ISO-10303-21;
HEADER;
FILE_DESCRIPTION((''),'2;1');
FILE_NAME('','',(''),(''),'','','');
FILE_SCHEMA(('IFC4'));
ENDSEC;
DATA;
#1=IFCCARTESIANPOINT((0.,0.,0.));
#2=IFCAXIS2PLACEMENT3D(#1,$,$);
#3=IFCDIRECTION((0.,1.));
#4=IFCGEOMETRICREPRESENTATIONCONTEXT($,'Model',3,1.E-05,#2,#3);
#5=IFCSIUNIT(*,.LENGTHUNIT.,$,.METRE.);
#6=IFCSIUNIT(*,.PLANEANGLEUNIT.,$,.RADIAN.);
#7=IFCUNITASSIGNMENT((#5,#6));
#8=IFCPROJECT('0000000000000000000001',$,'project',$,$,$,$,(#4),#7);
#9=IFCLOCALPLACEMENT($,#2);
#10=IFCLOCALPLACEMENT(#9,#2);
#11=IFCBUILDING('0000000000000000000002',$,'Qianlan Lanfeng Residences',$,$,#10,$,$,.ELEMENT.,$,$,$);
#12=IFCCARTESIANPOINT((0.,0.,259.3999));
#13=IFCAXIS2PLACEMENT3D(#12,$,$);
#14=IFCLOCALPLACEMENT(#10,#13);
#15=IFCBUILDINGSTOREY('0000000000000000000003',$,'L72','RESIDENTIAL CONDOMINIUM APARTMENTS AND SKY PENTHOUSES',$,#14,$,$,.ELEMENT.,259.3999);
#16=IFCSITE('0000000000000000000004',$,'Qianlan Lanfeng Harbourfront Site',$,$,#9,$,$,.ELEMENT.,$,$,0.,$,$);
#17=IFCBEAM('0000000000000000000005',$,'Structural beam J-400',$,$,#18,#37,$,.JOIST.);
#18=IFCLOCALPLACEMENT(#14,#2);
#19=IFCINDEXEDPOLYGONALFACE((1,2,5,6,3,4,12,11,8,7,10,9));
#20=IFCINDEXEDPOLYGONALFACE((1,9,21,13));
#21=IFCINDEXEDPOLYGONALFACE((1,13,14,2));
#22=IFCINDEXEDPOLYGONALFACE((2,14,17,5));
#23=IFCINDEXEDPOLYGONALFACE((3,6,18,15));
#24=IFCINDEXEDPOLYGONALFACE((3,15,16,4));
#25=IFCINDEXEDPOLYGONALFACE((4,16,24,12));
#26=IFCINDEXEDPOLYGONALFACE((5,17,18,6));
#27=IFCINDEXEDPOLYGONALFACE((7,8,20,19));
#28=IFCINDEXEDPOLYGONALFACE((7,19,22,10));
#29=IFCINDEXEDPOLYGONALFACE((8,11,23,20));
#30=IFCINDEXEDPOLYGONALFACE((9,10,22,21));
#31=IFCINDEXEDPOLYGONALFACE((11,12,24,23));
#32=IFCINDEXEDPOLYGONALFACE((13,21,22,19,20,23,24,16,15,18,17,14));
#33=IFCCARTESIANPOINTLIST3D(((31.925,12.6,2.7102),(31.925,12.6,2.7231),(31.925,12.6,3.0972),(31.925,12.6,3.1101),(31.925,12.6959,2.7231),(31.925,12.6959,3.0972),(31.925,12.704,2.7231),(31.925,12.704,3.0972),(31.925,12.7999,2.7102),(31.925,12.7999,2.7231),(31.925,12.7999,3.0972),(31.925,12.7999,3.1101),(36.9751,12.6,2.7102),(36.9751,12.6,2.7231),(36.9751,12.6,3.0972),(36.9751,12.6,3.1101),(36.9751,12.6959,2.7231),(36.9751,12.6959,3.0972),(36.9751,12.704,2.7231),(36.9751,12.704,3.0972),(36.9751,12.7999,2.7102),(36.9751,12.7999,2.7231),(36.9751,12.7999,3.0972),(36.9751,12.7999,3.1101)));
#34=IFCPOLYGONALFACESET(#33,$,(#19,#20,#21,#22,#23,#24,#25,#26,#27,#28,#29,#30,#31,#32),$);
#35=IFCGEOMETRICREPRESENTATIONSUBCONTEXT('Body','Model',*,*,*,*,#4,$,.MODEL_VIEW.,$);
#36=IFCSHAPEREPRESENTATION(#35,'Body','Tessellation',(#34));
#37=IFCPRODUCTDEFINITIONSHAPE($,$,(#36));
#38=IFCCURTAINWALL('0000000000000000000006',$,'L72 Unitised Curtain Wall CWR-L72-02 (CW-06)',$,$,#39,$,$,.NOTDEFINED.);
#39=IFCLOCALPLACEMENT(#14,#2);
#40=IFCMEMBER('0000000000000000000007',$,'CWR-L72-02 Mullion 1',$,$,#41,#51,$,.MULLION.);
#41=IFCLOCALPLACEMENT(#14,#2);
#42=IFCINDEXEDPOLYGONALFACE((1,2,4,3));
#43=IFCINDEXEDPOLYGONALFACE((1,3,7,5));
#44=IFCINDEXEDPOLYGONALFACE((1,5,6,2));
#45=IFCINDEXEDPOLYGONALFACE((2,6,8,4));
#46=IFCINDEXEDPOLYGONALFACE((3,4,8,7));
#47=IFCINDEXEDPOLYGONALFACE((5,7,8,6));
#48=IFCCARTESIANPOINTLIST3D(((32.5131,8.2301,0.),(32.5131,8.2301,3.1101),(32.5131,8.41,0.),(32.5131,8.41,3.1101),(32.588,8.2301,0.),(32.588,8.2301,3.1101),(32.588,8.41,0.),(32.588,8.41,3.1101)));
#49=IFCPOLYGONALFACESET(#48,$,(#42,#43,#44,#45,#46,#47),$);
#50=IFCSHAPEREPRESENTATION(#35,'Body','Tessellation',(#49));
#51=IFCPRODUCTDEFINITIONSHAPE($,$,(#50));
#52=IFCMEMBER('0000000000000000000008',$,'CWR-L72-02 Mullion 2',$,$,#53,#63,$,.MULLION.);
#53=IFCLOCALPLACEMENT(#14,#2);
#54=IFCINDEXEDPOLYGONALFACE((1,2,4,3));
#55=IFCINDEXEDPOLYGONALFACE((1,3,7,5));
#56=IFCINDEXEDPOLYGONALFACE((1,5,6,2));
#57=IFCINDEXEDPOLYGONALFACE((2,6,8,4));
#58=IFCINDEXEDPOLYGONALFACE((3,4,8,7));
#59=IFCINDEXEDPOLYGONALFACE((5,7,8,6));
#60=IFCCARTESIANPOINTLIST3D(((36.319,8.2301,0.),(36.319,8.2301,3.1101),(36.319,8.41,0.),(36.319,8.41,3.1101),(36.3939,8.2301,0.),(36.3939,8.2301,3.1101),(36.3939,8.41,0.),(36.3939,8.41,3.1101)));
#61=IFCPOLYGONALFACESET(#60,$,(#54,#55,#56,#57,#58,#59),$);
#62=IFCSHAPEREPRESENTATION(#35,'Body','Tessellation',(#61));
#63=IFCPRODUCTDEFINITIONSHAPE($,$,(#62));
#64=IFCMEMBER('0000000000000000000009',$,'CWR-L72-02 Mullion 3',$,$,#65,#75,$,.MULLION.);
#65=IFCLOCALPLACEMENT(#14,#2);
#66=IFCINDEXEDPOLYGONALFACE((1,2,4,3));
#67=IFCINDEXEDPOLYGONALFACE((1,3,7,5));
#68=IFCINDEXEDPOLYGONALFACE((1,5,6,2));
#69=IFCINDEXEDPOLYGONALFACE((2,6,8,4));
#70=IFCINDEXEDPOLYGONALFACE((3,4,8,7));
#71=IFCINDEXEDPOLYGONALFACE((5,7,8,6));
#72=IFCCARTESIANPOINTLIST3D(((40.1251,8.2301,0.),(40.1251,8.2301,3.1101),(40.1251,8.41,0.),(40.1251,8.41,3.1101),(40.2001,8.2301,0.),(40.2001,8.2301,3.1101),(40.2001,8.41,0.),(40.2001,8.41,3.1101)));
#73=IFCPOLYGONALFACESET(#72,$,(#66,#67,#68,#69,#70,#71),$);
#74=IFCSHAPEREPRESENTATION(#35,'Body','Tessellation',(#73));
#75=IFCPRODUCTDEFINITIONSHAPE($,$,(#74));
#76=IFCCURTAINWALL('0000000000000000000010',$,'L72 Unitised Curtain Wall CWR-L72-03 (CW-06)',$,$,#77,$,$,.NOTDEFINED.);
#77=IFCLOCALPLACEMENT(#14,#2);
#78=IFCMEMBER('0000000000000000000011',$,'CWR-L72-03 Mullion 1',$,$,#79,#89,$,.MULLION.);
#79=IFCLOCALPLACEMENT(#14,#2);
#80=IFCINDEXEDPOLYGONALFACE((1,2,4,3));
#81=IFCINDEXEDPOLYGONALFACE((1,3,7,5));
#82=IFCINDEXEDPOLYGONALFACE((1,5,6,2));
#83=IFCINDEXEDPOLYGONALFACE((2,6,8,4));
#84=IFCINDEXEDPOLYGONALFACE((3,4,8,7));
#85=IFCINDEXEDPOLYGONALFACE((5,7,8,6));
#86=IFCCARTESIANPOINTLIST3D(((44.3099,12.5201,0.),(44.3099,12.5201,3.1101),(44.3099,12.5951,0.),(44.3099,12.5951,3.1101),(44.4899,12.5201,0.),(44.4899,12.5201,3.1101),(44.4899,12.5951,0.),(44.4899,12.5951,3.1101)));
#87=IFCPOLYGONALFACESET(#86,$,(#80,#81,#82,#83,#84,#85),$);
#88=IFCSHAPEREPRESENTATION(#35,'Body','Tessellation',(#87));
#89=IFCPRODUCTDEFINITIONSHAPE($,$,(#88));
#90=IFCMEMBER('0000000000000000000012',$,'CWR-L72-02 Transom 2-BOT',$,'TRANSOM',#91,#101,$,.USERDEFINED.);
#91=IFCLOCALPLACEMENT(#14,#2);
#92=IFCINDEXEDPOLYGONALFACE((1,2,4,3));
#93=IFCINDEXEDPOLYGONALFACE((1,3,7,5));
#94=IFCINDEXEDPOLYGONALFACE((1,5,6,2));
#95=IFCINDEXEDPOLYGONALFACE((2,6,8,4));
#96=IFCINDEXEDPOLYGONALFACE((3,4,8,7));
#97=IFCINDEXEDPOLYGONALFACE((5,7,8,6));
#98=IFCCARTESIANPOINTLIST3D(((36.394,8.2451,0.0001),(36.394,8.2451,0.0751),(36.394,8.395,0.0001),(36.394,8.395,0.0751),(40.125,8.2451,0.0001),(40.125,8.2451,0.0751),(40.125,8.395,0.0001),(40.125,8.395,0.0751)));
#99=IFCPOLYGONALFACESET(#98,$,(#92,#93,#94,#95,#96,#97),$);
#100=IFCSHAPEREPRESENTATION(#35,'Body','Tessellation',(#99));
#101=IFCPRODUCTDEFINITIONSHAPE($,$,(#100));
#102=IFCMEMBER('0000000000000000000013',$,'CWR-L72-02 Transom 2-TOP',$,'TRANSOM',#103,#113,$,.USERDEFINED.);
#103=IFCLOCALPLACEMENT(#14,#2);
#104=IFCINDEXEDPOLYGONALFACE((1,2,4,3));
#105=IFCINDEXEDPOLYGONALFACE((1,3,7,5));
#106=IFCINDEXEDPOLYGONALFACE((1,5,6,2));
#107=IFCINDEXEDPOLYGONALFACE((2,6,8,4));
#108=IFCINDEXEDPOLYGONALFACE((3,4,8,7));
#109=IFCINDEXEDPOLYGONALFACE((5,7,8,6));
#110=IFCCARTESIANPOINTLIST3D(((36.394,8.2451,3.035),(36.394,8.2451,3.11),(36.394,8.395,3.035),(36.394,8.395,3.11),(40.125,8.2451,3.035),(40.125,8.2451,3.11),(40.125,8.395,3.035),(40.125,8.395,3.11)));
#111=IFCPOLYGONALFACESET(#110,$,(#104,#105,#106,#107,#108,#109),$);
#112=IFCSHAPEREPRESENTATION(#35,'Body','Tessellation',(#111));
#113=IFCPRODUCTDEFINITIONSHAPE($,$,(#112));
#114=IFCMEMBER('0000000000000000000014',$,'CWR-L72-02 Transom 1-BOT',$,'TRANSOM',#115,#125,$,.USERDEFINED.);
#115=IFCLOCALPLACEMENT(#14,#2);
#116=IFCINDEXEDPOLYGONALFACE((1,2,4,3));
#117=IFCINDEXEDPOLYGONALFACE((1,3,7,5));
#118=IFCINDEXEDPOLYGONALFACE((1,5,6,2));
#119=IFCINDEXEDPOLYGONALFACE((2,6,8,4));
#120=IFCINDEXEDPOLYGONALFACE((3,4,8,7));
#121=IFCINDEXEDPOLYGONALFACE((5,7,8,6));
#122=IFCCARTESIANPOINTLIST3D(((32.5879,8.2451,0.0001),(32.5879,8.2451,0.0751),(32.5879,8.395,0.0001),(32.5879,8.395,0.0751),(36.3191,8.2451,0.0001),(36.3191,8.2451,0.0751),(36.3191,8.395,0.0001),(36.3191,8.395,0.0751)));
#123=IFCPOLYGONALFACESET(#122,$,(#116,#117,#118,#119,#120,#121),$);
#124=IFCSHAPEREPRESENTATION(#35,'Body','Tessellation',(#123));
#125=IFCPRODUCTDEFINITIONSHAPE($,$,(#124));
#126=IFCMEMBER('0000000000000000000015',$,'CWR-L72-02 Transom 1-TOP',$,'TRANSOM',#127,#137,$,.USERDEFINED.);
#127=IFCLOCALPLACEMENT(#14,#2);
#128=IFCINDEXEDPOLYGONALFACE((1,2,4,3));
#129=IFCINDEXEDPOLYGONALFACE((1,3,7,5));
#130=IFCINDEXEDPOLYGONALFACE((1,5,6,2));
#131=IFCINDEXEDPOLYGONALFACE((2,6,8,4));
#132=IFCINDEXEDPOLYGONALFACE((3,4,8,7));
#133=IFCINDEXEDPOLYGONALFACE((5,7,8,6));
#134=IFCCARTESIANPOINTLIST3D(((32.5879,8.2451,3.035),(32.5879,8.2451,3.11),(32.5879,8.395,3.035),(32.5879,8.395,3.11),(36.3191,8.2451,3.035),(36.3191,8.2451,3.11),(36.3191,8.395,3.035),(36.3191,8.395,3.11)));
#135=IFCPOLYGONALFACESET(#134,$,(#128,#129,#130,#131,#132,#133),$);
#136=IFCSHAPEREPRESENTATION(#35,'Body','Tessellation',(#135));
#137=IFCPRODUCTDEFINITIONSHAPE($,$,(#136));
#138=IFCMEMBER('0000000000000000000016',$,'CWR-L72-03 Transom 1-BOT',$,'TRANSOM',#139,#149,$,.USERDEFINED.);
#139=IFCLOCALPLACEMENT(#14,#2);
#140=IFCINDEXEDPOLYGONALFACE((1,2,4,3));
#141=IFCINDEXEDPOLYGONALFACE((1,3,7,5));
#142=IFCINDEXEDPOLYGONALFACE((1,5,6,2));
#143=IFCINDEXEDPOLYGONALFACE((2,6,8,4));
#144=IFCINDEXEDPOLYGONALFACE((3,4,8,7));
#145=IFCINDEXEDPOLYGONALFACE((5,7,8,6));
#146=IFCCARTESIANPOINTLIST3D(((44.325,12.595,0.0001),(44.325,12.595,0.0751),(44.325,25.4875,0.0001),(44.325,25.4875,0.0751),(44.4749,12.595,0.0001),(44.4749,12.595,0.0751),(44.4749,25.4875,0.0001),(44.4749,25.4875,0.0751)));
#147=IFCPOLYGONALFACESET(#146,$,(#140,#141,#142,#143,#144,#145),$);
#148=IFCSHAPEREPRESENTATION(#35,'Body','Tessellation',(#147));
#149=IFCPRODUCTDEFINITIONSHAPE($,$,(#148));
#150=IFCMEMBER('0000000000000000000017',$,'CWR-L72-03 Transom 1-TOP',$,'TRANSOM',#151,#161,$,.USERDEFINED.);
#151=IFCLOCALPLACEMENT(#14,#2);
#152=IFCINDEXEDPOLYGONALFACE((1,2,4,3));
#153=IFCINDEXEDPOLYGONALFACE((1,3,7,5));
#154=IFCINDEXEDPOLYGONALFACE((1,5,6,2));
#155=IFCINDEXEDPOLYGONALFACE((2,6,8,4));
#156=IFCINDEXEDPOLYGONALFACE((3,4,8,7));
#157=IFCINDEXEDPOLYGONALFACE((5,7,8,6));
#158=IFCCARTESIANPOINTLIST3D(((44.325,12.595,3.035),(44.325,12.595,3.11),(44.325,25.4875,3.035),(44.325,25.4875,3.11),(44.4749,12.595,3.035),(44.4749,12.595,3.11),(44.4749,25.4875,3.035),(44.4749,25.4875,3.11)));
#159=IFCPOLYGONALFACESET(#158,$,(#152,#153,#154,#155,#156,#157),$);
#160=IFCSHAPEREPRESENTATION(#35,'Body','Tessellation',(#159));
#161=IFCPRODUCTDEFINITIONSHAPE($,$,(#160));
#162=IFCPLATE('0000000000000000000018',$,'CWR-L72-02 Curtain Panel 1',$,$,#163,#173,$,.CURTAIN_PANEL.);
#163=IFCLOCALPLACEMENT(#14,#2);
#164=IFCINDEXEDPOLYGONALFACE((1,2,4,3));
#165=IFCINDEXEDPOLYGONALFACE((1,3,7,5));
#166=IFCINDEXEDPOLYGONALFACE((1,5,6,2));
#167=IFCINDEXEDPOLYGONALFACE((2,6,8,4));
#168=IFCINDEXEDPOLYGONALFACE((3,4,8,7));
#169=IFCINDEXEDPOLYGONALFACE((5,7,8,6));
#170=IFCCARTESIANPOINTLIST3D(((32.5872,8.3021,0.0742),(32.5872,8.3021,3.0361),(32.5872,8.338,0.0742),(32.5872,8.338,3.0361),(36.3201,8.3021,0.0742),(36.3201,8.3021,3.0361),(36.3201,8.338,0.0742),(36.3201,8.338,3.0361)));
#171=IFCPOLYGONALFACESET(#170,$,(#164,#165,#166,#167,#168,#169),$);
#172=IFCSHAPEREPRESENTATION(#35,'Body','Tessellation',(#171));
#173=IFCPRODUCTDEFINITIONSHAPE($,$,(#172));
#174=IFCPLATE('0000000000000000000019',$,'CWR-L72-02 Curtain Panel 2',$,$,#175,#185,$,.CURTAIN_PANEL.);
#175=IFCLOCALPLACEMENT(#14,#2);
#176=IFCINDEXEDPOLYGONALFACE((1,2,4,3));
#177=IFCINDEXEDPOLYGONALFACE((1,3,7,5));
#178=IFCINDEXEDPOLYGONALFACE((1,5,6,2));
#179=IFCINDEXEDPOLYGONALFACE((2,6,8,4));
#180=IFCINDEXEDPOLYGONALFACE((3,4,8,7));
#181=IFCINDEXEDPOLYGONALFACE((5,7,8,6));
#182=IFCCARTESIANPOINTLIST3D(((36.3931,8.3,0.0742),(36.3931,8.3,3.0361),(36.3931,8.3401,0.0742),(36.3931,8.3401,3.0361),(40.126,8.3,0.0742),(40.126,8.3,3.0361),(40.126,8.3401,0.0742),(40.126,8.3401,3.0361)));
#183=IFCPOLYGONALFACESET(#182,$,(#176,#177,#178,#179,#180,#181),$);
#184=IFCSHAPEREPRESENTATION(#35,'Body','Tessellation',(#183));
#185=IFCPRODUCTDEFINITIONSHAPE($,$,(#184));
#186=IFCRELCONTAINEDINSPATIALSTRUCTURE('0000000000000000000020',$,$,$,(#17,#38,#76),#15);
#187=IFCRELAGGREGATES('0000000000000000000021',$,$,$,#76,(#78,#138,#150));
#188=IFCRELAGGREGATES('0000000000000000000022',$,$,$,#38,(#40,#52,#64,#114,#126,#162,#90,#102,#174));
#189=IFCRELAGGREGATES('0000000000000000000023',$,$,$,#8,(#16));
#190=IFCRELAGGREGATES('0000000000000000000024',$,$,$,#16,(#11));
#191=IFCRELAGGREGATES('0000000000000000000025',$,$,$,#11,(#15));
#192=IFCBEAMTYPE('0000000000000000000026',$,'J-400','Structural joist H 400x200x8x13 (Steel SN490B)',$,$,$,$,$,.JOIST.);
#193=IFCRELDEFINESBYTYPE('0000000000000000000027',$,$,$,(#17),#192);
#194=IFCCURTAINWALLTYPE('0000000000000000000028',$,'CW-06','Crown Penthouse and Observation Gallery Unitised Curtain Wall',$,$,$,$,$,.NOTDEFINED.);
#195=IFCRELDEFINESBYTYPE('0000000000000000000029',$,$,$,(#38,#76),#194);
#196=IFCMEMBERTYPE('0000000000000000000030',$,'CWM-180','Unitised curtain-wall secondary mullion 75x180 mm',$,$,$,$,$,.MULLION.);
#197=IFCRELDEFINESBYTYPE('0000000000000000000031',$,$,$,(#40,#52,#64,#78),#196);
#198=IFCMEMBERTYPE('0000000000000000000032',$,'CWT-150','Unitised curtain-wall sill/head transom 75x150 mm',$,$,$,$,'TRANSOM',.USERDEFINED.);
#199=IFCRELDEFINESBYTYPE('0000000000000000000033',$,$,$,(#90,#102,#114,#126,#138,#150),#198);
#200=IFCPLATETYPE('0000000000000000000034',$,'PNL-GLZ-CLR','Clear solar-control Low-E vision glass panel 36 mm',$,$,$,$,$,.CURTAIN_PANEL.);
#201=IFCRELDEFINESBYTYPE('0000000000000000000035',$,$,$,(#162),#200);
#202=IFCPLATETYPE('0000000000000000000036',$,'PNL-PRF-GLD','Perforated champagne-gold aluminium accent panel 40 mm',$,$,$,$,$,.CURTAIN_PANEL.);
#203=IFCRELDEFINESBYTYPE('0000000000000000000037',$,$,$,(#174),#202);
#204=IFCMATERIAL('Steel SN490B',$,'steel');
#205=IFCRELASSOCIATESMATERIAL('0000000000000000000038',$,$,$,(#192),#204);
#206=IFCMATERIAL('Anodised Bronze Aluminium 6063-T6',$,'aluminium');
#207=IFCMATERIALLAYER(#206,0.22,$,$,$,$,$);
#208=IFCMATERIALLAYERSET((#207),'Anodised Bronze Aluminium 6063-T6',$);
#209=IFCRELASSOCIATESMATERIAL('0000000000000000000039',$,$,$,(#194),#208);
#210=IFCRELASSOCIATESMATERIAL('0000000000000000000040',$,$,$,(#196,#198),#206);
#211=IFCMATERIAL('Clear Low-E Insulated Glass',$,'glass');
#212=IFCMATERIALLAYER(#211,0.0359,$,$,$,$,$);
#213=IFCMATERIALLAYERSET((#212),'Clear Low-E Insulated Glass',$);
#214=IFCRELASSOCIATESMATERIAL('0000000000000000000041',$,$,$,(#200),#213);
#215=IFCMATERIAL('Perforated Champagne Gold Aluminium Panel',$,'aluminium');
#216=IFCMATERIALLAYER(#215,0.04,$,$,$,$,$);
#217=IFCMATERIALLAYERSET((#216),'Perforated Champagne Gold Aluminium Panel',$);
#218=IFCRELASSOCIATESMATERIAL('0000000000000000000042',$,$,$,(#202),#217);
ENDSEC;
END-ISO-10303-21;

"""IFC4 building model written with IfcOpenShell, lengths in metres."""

from ifc_helpers import new_model, si_unit, direction, frame, origin, origin_2d, place, context, subcontext, project, spatial, rectangle, i_section, extrude, source, transform, mapped, material, layer, layer_set, material_profile, profile_set, type_object, element, aggregate, save


model = new_model("IFC4")

# Units and contexts
model_context = context("Model", 3, precision=1e-05, world=origin(), true_north=direction((0.0, 1.0)))
body_context = subcontext(model_context, "Body", "Model", "MODEL_VIEW")
ifc_project = project(units=[si_unit("LENGTHUNIT", "METRE"), si_unit("PLANEANGLEUNIT", "RADIAN")], contexts=[model_context])

# Site, building, storey
site_placement = place(None, origin())
site = spatial("IfcSite", under=ifc_project, at=site_placement, Name="Qianlan Lanfeng Harbourfront Site", CompositionType="ELEMENT", RefElevation=0.0)
building_placement = place(site_placement, origin())
building = spatial("IfcBuilding", under=site, at=building_placement, Name="Qianlan Lanfeng Residences", CompositionType="ELEMENT")
storey_placement = place(building_placement, frame((0.0, 0.0, 259.3999)))
storey = spatial("IfcBuildingStorey", under=building, at=storey_placement, Name="L72", Description="RESIDENTIAL CONDOMINIUM APARTMENTS AND SKY PENTHOUSES", CompositionType="ELEMENT", Elevation=259.3999)

# Shared definitions
ifc_material_1 = material(Name="Steel SN490B", Category="steel")

# Beam
ifc_material_profile_1 = material_profile(ifc_material_1, i_section(OverallWidth=0.2, OverallDepth=0.3999, WebThickness=0.0081, FlangeThickness=0.0129, at=origin_2d()), Name="H 400x200x8x13")
ifc_profile_set_1 = profile_set([ifc_material_profile_1], Name="Steel SN490B")
beam_type_1 = type_object("IfcBeamType", Name="J-400", Description="Structural joist H 400x200x8x13 (Steel SN490B)", PredefinedType="JOIST", material=ifc_profile_set_1)
beam_1_placement = place(storey_placement, frame((31.925, 12.7, 2.9102), z_axis=(1.0, 0.0, 0.0), x_axis=(0.0, 1.0, 0.0)))
element("IfcBeam", 1, at=beam_1_placement, inside=storey, type_object=beam_type_1, Name="Structural beam J-400", PredefinedType="JOIST", context=body_context, shape_type="SweptSolid", body=[
    extrude(i_section(OverallWidth=0.2, OverallDepth=0.3999, WebThickness=0.0081, FlangeThickness=0.0129, at=origin_2d()), origin(), (0.0, 0.0, 1.0), 5.05),
])

# Curtain wall, members
ifc_material_2 = material(Name="Anodised Bronze Aluminium 6063-T6", Category="aluminium")
ifc_layer_1 = layer(ifc_material_2, 0.22)
ifc_layer_set_1 = layer_set([ifc_layer_1], Name="Anodised Bronze Aluminium 6063-T6")
curtain_wall_type = type_object("IfcCurtainWallType", Name="CW-06", Description="Crown Penthouse and Observation Gallery Unitised Curtain Wall", PredefinedType="NOTDEFINED", material=ifc_layer_set_1)
curtain_wall_1_placement = place(storey_placement, origin())
curtain_wall_1 = element("IfcCurtainWall", 2, at=curtain_wall_1_placement, inside=storey, type_object=curtain_wall_type, Name="L72 Unitised Curtain Wall CWR-L72-02 (CW-06)", PredefinedType="NOTDEFINED")
ifc_material_profile_2 = material_profile(ifc_material_2, rectangle(XDim=0.075, YDim=0.1799, at=origin_2d()), Name="ALU MULLION 75x180")
ifc_profile_set_2 = profile_set([ifc_material_profile_2], Name="Anodised Bronze Aluminium 6063-T6")
member_type_1 = type_object("IfcMemberType", Name="CWM-180", Description="Unitised curtain-wall secondary mullion 75x180 mm", PredefinedType="MULLION", material=ifc_profile_set_2)
shared_shape_1 = source(origin(), body_context, "Body", "SweptSolid", [
    extrude(rectangle(XDim=0.075, YDim=0.1799, at=origin_2d()), origin(), (0.0, 0.0, 1.0), 3.1101),
])
member_1_placement = place(storey_placement, frame((32.5505, 8.3201, 0.0), z_axis=(0.0, 0.0, 1.0), x_axis=(1.0, 0.0, 0.0)))
member_1 = element("IfcMember", 3, at=member_1_placement, type_object=member_type_1, Name="CWR-L72-02 Mullion 1", PredefinedType="MULLION", context=body_context, shape_type="MappedRepresentation", body=[
    mapped(shared_shape_1, transform((0.0, 0.0, 0.0), scale=1.0)),
])
member_2_placement = place(storey_placement, frame((36.3564, 8.3201, 0.0), z_axis=(0.0, 0.0, 1.0), x_axis=(1.0, 0.0, 0.0)))
member_2 = element("IfcMember", 4, at=member_2_placement, type_object=member_type_1, Name="CWR-L72-02 Mullion 2", PredefinedType="MULLION", context=body_context, shape_type="MappedRepresentation", body=[
    mapped(shared_shape_1, transform((0.0, 0.0, 0.0), scale=1.0)),
])
member_3_placement = place(storey_placement, frame((40.1626, 8.3201, 0.0), z_axis=(0.0, 0.0, 1.0), x_axis=(1.0, 0.0, 0.0)))
member_3 = element("IfcMember", 5, at=member_3_placement, type_object=member_type_1, Name="CWR-L72-02 Mullion 3", PredefinedType="MULLION", context=body_context, shape_type="MappedRepresentation", body=[
    mapped(shared_shape_1, transform((0.0, 0.0, 0.0), scale=1.0)),
])

# Curtain wall, member
curtain_wall_2_placement = place(storey_placement, origin())
curtain_wall_2 = element("IfcCurtainWall", 6, at=curtain_wall_2_placement, inside=storey, type_object=curtain_wall_type, Name="L72 Unitised Curtain Wall CWR-L72-03 (CW-06)", PredefinedType="NOTDEFINED")
member_4_placement = place(storey_placement, frame((44.3999, 12.5576, 0.0), z_axis=(0.0, 0.0, 1.0), x_axis=(0.0, 1.0, 0.0)))
member_4 = element("IfcMember", 7, at=member_4_placement, type_object=member_type_1, Name="CWR-L72-03 Mullion 1", PredefinedType="MULLION", context=body_context, shape_type="MappedRepresentation", body=[
    mapped(shared_shape_1, transform((0.0, 0.0, 0.0), scale=1.0)),
])

# Members
ifc_material_profile_3 = material_profile(ifc_material_2, rectangle(XDim=0.075, YDim=0.1499, at=origin_2d()), Name="ALU TRANSOM 75x150")
ifc_profile_set_3 = profile_set([ifc_material_profile_3], Name="Anodised Bronze Aluminium 6063-T6")
member_type_2 = type_object("IfcMemberType", Name="CWT-150", Description="Unitised curtain-wall sill/head transom 75x150 mm", ElementType="TRANSOM", PredefinedType="USERDEFINED", material=ifc_profile_set_3)
shared_shape_2 = source(origin(), body_context, "Body", "SweptSolid", [
    extrude(rectangle(XDim=0.075, YDim=0.1499, at=origin_2d()), origin(), (0.0, 0.0, 1.0), 3.731),
])
member_5_placement = place(storey_placement, frame((36.394, 8.3201, 0.0376), z_axis=(1.0, 0.0, 0.0), x_axis=(0.0, 0.0, 1.0)))
member_5 = element("IfcMember", 8, at=member_5_placement, type_object=member_type_2, Name="CWR-L72-02 Transom 2-BOT", ObjectType="TRANSOM", PredefinedType="USERDEFINED", context=body_context, shape_type="MappedRepresentation", body=[
    mapped(shared_shape_2, transform((0.0, 0.0, 0.0), scale=1.0)),
])
member_6_placement = place(storey_placement, frame((36.394, 8.3201, 3.0725), z_axis=(1.0, 0.0, 0.0), x_axis=(0.0, 0.0, 1.0)))
member_6 = element("IfcMember", 9, at=member_6_placement, type_object=member_type_2, Name="CWR-L72-02 Transom 2-TOP", ObjectType="TRANSOM", PredefinedType="USERDEFINED", context=body_context, shape_type="MappedRepresentation", body=[
    mapped(shared_shape_2, transform((0.0, 0.0, 0.0), scale=1.0)),
])
shared_shape_3 = source(origin(), body_context, "Body", "SweptSolid", [
    extrude(rectangle(XDim=0.075, YDim=0.1499, at=origin_2d()), origin(), (0.0, 0.0, 1.0), 3.7312),
])
member_7_placement = place(storey_placement, frame((32.5879, 8.3201, 0.0376), z_axis=(1.0, 0.0, 0.0), x_axis=(0.0, 0.0, 1.0)))
member_7 = element("IfcMember", 10, at=member_7_placement, type_object=member_type_2, Name="CWR-L72-02 Transom 1-BOT", ObjectType="TRANSOM", PredefinedType="USERDEFINED", context=body_context, shape_type="MappedRepresentation", body=[
    mapped(shared_shape_3, transform((0.0, 0.0, 0.0), scale=1.0)),
])
member_8_placement = place(storey_placement, frame((32.5879, 8.3201, 3.0725), z_axis=(1.0, 0.0, 0.0), x_axis=(0.0, 0.0, 1.0)))
member_8 = element("IfcMember", 11, at=member_8_placement, type_object=member_type_2, Name="CWR-L72-02 Transom 1-TOP", ObjectType="TRANSOM", PredefinedType="USERDEFINED", context=body_context, shape_type="MappedRepresentation", body=[
    mapped(shared_shape_3, transform((0.0, 0.0, 0.0), scale=1.0)),
])
shared_shape_4 = source(origin(), body_context, "Body", "SweptSolid", [
    extrude(rectangle(XDim=0.075, YDim=0.1499, at=origin_2d()), origin(), (0.0, 0.0, 1.0), 12.8926),
])
member_9_placement = place(storey_placement, frame((44.3999, 12.595, 0.0376), z_axis=(0.0, 1.0, 0.0), x_axis=(0.0, 0.0, 1.0)))
member_9 = element("IfcMember", 12, at=member_9_placement, type_object=member_type_2, Name="CWR-L72-03 Transom 1-BOT", ObjectType="TRANSOM", PredefinedType="USERDEFINED", context=body_context, shape_type="MappedRepresentation", body=[
    mapped(shared_shape_4, transform((0.0, 0.0, 0.0), scale=1.0)),
])
member_10_placement = place(storey_placement, frame((44.3999, 12.595, 3.0725), z_axis=(0.0, 1.0, 0.0), x_axis=(0.0, 0.0, 1.0)))
member_10 = element("IfcMember", 13, at=member_10_placement, type_object=member_type_2, Name="CWR-L72-03 Transom 1-TOP", ObjectType="TRANSOM", PredefinedType="USERDEFINED", context=body_context, shape_type="MappedRepresentation", body=[
    mapped(shared_shape_4, transform((0.0, 0.0, 0.0), scale=1.0)),
])
aggregate(curtain_wall_2, [member_4, member_9, member_10])

# Plates
ifc_material_3 = material(Name="Clear Low-E Insulated Glass", Category="glass")
ifc_layer_2 = layer(ifc_material_3, 0.0359)
ifc_layer_set_2 = layer_set([ifc_layer_2], Name="Clear Low-E Insulated Glass")
plate_type_1 = type_object("IfcPlateType", Name="PNL-GLZ-CLR", Description="Clear solar-control Low-E vision glass panel 36 mm", PredefinedType="CURTAIN_PANEL", material=ifc_layer_set_2)
shared_shape_5 = source(origin(), body_context, "Body", "SweptSolid", [
    extrude(rectangle(XDim=3.7329, YDim=0.0359, at=origin_2d()), origin(), (0.0, 0.0, 1.0), 2.9619),
])
plate_1_placement = place(storey_placement, frame((34.4536, 8.3201, 0.0742), z_axis=(0.0, 0.0, 1.0), x_axis=(1.0, 0.0, 0.0)))
plate_1 = element("IfcPlate", 14, at=plate_1_placement, type_object=plate_type_1, Name="CWR-L72-02 Curtain Panel 1", PredefinedType="CURTAIN_PANEL", context=body_context, shape_type="MappedRepresentation", body=[
    mapped(shared_shape_5, transform((0.0, 0.0, 0.0), scale=1.0)),
])
ifc_material_4 = material(Name="Perforated Champagne Gold Aluminium Panel", Category="aluminium")
ifc_layer_3 = layer(ifc_material_4, 0.04)
ifc_layer_set_3 = layer_set([ifc_layer_3], Name="Perforated Champagne Gold Aluminium Panel")
plate_type_2 = type_object("IfcPlateType", Name="PNL-PRF-GLD", Description="Perforated champagne-gold aluminium accent panel 40 mm", PredefinedType="CURTAIN_PANEL", material=ifc_layer_set_3)
shared_shape_6 = source(origin(), body_context, "Body", "SweptSolid", [
    extrude(rectangle(XDim=3.7329, YDim=0.04, at=origin_2d()), origin(), (0.0, 0.0, 1.0), 2.9619),
])
plate_2_placement = place(storey_placement, frame((38.2595, 8.3201, 0.0742), z_axis=(0.0, 0.0, 1.0), x_axis=(1.0, 0.0, 0.0)))
plate_2 = element("IfcPlate", 15, at=plate_2_placement, type_object=plate_type_2, Name="CWR-L72-02 Curtain Panel 2", PredefinedType="CURTAIN_PANEL", context=body_context, shape_type="MappedRepresentation", body=[
    mapped(shared_shape_6, transform((0.0, 0.0, 0.0), scale=1.0)),
])
aggregate(curtain_wall_1, [member_1, member_2, member_3, member_7, member_8, plate_1, member_5, member_6, plate_2])

save(model, "model.ifc")
